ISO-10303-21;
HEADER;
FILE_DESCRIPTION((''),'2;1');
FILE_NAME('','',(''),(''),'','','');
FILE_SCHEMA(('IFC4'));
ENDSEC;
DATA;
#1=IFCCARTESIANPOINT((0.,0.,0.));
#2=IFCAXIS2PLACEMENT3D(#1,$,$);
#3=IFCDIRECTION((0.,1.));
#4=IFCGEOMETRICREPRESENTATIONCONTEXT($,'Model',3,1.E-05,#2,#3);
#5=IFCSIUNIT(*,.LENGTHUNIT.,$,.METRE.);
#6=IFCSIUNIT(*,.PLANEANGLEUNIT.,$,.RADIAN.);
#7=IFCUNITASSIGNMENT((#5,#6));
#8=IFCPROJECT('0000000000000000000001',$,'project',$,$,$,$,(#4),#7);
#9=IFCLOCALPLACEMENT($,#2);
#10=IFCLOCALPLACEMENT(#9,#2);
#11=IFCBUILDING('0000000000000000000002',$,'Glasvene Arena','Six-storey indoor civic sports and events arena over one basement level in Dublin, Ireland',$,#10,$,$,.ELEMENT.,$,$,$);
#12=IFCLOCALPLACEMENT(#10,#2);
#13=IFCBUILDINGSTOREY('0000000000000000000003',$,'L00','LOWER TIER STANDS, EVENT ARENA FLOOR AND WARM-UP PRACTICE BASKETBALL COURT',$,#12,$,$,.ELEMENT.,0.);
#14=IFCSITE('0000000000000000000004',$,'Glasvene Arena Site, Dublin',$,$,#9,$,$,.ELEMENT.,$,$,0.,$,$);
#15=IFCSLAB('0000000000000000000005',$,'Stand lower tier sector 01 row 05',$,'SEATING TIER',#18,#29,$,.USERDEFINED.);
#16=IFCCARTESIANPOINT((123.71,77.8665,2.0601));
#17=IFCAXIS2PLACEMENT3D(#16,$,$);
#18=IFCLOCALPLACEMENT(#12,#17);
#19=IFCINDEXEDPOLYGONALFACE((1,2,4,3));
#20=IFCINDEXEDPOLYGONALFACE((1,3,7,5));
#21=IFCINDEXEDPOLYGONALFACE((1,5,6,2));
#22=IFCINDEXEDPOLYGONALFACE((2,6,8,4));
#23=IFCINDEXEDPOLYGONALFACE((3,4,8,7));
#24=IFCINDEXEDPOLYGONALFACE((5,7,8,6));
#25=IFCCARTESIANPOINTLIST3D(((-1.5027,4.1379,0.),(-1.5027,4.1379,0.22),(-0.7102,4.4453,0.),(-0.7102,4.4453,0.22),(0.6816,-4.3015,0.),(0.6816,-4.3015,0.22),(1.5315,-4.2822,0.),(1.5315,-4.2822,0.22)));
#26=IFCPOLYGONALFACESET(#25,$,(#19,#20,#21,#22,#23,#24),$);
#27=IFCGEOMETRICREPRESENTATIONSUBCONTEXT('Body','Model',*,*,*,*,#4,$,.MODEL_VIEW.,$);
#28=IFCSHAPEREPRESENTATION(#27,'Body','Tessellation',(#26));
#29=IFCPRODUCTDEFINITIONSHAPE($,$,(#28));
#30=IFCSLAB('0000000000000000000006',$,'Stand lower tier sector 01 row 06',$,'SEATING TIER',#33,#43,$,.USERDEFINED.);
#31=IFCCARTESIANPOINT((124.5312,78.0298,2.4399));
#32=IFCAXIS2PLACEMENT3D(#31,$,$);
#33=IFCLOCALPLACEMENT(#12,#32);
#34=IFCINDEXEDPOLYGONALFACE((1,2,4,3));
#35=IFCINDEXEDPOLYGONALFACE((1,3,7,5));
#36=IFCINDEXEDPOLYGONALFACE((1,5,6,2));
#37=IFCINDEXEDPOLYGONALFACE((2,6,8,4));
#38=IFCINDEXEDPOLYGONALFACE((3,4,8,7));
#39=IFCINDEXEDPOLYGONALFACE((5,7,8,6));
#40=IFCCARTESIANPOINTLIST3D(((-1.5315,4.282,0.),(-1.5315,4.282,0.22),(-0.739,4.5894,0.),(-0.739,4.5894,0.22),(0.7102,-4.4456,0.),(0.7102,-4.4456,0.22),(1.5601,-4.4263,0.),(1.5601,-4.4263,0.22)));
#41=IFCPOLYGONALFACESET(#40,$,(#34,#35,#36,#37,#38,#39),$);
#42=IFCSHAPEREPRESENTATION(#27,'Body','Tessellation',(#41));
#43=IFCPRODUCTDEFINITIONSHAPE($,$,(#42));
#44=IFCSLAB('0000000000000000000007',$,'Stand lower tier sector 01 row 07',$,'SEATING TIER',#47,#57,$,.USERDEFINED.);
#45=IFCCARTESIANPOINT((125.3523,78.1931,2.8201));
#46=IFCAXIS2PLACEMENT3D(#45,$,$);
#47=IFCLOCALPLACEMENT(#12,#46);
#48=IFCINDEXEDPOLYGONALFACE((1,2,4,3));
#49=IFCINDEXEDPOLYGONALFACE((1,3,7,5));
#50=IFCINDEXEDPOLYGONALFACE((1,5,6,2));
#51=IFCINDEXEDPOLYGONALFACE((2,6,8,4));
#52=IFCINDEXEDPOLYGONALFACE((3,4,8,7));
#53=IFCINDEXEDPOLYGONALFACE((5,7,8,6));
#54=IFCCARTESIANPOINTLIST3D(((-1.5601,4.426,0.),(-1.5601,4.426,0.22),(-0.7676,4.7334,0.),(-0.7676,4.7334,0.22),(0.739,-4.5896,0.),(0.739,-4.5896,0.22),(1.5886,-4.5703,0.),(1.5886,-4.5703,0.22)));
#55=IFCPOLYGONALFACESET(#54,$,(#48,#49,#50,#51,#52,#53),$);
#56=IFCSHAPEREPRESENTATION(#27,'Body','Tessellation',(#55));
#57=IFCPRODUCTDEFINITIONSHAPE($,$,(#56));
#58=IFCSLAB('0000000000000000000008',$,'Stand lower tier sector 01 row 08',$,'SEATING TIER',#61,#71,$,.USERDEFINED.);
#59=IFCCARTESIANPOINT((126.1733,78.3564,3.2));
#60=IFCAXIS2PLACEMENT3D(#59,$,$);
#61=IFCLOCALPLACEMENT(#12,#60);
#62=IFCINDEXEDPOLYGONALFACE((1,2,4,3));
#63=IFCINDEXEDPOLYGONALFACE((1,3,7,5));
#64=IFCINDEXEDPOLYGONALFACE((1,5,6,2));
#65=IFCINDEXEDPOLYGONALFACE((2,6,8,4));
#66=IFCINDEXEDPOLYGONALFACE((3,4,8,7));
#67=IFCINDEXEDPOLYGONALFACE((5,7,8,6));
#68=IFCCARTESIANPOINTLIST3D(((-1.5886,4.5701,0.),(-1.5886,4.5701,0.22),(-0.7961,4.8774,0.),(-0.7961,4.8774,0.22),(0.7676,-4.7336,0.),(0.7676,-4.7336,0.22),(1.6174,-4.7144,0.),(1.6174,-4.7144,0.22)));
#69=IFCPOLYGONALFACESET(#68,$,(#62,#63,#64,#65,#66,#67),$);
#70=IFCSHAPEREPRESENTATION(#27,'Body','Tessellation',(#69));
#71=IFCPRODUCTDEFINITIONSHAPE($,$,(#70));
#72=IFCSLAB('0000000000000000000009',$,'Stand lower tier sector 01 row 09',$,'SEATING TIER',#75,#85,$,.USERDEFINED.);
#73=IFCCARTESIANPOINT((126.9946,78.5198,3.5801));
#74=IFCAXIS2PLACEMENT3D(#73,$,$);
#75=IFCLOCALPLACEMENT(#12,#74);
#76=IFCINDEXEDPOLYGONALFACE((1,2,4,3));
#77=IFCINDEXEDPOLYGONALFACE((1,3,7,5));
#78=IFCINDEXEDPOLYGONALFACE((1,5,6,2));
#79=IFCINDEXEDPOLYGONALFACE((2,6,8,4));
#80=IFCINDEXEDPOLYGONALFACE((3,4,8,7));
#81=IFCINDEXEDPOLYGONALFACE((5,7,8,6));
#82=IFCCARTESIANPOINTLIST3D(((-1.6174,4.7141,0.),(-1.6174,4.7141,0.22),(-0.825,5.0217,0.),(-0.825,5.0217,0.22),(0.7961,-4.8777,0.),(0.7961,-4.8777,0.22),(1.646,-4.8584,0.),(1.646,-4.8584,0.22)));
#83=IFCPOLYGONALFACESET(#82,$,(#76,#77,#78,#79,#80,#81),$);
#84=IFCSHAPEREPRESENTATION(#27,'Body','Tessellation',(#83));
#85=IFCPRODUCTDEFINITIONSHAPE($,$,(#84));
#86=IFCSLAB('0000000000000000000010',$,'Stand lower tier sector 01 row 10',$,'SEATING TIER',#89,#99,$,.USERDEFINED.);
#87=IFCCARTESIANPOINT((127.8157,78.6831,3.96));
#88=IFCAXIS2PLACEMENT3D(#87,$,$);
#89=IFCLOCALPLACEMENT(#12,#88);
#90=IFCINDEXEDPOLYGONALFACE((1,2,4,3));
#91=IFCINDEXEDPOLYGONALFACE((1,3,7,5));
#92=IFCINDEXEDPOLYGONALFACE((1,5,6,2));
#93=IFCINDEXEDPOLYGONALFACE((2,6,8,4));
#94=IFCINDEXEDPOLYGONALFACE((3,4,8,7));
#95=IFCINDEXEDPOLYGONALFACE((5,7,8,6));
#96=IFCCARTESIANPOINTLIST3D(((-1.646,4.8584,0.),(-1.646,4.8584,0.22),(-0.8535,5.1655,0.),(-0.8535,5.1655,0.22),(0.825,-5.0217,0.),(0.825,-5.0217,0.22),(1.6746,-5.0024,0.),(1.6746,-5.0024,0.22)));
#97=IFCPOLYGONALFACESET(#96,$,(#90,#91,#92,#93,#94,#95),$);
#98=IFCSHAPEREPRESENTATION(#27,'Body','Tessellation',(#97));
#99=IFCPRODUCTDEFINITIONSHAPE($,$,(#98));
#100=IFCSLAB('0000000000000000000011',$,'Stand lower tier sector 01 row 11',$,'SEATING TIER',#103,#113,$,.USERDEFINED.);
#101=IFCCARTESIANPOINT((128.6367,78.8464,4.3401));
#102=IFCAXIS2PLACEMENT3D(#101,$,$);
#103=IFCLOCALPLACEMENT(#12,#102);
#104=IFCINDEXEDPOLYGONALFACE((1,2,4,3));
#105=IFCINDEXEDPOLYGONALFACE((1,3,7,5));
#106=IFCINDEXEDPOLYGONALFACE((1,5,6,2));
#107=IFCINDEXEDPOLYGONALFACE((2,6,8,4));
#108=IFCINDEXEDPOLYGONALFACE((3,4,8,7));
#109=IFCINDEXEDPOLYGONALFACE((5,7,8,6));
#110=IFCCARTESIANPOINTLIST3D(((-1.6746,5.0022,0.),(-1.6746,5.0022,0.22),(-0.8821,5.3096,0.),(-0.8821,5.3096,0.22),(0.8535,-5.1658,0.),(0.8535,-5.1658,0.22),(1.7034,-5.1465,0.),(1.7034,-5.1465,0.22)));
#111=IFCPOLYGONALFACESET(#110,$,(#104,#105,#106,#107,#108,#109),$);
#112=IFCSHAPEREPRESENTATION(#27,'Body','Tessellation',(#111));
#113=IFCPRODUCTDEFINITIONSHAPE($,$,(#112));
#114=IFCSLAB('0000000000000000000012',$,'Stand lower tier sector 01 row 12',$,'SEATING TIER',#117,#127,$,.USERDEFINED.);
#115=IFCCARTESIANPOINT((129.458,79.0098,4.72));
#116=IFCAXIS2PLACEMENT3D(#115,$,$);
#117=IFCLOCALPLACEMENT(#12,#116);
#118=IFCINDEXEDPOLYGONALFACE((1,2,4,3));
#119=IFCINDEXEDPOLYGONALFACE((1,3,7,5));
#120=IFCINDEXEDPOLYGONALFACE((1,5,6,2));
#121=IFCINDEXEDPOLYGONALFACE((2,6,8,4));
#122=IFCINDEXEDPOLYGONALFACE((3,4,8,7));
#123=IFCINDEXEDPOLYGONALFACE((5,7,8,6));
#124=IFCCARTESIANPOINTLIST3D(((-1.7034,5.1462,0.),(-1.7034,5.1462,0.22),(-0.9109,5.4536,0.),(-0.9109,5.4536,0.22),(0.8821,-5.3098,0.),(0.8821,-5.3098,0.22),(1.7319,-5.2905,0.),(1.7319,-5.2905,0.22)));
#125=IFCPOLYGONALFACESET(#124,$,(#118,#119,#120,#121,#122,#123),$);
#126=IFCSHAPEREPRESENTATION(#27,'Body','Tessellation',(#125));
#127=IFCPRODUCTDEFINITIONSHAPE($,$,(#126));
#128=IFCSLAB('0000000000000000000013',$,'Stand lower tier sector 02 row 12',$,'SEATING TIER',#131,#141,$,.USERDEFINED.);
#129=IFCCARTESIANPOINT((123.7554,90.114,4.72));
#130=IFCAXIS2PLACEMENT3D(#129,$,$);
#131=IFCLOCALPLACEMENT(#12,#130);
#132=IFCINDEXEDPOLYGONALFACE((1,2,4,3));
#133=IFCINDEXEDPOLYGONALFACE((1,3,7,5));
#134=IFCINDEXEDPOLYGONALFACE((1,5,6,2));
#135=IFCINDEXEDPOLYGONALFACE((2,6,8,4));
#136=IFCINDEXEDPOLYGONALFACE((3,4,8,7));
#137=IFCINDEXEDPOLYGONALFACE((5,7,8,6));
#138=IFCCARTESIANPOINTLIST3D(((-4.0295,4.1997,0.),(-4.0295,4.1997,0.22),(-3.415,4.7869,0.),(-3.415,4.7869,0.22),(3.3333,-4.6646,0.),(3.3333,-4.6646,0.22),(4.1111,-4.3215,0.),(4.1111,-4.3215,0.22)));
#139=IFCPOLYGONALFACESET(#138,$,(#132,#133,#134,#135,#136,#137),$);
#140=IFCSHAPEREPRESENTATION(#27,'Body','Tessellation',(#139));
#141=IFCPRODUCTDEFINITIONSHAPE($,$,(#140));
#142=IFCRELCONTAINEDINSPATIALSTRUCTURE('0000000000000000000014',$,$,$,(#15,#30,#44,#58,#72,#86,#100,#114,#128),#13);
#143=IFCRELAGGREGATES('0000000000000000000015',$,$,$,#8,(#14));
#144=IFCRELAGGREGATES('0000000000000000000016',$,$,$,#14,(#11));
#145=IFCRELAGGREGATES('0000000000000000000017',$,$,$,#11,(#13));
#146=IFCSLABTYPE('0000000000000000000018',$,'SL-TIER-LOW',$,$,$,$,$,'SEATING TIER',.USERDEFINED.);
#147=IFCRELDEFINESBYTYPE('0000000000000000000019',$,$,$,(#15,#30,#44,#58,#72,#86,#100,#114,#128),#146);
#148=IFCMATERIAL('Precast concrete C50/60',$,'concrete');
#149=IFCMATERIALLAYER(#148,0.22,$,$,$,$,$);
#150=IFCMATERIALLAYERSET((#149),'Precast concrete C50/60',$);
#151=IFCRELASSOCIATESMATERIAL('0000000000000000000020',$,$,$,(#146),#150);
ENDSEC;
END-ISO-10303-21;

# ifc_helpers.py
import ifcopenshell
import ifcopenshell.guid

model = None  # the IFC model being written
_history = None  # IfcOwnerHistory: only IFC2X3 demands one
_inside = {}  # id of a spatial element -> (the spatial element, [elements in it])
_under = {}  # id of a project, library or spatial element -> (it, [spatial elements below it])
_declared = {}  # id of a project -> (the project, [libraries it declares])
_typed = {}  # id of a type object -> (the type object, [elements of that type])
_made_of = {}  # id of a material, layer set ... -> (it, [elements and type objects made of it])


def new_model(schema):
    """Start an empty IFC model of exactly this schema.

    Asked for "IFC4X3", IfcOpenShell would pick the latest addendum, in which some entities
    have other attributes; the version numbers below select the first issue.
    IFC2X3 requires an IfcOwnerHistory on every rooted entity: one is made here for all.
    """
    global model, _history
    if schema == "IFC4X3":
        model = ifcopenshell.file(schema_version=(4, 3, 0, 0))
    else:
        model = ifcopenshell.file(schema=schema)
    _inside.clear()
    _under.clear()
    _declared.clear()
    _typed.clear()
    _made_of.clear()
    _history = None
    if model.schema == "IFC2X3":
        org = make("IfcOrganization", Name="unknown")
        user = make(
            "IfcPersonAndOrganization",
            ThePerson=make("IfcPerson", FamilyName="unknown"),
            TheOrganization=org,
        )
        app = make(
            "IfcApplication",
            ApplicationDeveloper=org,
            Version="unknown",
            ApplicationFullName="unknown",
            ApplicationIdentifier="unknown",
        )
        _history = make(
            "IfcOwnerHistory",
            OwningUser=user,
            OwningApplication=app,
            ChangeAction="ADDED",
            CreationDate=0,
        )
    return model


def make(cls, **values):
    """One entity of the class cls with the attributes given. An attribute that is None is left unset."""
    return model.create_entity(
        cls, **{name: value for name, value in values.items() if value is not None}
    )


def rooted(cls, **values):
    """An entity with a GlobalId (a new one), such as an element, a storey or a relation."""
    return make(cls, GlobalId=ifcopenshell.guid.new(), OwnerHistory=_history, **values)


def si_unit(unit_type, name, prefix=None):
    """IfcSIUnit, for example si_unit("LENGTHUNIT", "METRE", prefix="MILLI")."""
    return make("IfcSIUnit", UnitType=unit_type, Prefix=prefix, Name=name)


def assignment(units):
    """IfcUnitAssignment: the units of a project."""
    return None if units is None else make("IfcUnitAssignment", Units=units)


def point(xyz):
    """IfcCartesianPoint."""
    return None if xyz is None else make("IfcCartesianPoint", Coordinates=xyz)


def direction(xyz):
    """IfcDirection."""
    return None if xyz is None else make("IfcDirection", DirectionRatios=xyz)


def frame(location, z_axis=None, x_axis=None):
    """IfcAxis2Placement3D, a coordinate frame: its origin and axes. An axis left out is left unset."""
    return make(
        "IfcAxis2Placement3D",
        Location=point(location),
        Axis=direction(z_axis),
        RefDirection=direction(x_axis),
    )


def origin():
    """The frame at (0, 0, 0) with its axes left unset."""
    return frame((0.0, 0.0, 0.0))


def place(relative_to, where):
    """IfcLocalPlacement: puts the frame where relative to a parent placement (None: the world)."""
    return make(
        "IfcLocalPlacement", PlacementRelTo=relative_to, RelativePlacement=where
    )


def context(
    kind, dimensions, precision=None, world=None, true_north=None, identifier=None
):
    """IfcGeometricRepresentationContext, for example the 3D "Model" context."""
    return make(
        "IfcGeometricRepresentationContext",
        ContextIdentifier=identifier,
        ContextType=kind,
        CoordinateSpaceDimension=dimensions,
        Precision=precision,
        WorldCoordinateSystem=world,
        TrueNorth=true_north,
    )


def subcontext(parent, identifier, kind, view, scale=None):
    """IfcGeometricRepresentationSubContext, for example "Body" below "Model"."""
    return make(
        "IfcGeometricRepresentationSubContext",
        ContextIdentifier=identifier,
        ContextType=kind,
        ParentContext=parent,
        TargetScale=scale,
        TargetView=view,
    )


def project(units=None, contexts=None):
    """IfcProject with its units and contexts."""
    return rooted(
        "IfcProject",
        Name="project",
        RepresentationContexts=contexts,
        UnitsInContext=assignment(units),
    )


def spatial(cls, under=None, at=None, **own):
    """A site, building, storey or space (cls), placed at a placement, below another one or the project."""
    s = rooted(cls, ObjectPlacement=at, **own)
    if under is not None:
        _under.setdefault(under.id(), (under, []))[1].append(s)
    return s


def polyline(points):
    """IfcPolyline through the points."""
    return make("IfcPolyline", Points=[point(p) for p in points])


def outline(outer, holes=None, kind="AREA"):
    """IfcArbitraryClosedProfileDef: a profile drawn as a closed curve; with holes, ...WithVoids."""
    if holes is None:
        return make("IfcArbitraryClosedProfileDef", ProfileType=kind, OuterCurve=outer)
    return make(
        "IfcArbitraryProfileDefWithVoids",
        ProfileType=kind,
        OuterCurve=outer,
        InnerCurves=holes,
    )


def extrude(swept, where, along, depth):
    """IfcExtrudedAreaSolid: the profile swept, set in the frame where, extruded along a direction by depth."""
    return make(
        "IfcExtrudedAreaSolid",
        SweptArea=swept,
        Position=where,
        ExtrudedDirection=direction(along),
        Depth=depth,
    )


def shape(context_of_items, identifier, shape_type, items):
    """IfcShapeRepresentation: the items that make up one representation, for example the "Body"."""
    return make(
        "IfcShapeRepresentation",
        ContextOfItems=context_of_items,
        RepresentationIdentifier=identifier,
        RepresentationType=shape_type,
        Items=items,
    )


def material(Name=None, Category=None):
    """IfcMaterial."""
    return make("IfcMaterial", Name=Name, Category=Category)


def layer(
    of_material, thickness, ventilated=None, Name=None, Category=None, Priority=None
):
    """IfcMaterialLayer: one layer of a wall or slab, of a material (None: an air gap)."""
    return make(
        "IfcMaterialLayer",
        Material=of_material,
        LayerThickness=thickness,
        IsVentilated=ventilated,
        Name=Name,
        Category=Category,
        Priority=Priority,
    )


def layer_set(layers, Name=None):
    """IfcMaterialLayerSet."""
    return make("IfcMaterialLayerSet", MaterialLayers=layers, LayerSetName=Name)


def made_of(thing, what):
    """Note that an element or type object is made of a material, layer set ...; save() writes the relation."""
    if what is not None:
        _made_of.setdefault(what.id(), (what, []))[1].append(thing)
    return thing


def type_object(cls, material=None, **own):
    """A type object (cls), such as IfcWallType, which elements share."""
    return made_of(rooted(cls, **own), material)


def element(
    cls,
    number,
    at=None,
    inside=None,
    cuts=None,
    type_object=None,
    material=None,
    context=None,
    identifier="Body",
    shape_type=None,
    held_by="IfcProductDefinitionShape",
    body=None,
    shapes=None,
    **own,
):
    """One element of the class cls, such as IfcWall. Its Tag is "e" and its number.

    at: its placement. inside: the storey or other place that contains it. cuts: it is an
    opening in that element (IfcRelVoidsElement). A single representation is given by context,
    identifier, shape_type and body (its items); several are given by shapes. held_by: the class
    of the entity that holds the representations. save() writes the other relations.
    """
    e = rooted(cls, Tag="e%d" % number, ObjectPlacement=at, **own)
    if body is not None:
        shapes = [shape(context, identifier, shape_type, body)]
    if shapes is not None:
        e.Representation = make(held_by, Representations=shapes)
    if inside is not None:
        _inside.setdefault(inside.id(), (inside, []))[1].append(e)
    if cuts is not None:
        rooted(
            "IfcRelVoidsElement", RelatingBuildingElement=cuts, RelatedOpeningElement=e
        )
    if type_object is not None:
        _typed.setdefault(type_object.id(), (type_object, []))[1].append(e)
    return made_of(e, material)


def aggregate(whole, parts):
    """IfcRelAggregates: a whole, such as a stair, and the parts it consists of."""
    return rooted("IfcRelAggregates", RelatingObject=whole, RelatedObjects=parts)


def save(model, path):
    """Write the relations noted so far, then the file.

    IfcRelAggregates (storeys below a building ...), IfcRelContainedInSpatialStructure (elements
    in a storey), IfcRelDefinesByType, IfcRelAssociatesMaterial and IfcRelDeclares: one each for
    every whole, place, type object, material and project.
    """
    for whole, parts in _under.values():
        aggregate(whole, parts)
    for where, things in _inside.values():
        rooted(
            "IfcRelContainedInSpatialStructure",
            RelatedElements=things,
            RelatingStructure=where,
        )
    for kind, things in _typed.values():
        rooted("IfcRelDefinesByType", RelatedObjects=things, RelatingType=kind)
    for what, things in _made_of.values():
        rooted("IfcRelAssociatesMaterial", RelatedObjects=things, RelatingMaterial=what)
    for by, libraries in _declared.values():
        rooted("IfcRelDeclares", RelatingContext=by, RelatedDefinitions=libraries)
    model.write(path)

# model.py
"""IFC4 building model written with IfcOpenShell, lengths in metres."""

from ifc_helpers import new_model, si_unit, direction, frame, origin, place, context, subcontext, project, spatial, polyline, outline, extrude, material, layer, layer_set, type_object, element, save


model = new_model("IFC4")

# Units and contexts
model_context = context("Model", 3, precision=1e-05, world=origin(), true_north=direction((0.0, 1.0)))
body_context = subcontext(model_context, "Body", "Model", "MODEL_VIEW")
ifc_project = project(units=[si_unit("LENGTHUNIT", "METRE"), si_unit("PLANEANGLEUNIT", "RADIAN")], contexts=[model_context])

# Site, building, storey
site_placement = place(None, origin())
site = spatial("IfcSite", under=ifc_project, at=site_placement, Name="Glasvene Arena Site, Dublin", CompositionType="ELEMENT", RefElevation=0.0)
building_placement = place(site_placement, origin())
building = spatial("IfcBuilding", under=site, at=building_placement, Name="Glasvene Arena", Description="Six-storey indoor civic sports and events arena over one basement level in Dublin, Ireland", CompositionType="ELEMENT")
storey_placement = place(building_placement, origin())
storey = spatial("IfcBuildingStorey", under=building, at=storey_placement, Name="L00", Description="LOWER TIER STANDS, EVENT ARENA FLOOR AND WARM-UP PRACTICE BASKETBALL COURT", CompositionType="ELEMENT", Elevation=0.0)

# Shared definitions
ifc_material_1 = material(Name="Precast concrete C50/60", Category="concrete")

# Slabs
ifc_layer_1 = layer(ifc_material_1, 0.22)
ifc_layer_set_1 = layer_set([ifc_layer_1], Name="Precast concrete C50/60")
slab_type = type_object("IfcSlabType", Name="SL-TIER-LOW", ElementType="SEATING TIER", PredefinedType="USERDEFINED", material=ifc_layer_set_1)
slab_1_placement = place(storey_placement, frame((123.71, 77.8665, 2.0601)))
element("IfcSlab", 1, at=slab_1_placement, inside=storey, type_object=slab_type, Name="Stand lower tier sector 01 row 05", ObjectType="SEATING TIER", PredefinedType="USERDEFINED", context=body_context, shape_type="SweptSolid", body=[
    extrude(outline(polyline([(0.6816, -4.3015), (-1.5027, 4.1379), (-0.7102, 4.4453), (1.5315, -4.2822), (0.6816, -4.3015)])), origin(), (0.0, 0.0, 1.0), 0.22),
])
slab_2_placement = place(storey_placement, frame((124.5312, 78.0298, 2.4399)))
element("IfcSlab", 2, at=slab_2_placement, inside=storey, type_object=slab_type, Name="Stand lower tier sector 01 row 06", ObjectType="SEATING TIER", PredefinedType="USERDEFINED", context=body_context, shape_type="SweptSolid", body=[
    extrude(outline(polyline([(0.7102, -4.4456), (-1.5315, 4.282), (-0.739, 4.5894), (1.5601, -4.4263), (0.7102, -4.4456)])), origin(), (0.0, 0.0, 1.0), 0.22),
])
slab_3_placement = place(storey_placement, frame((125.3523, 78.1931, 2.8201)))
element("IfcSlab", 3, at=slab_3_placement, inside=storey, type_object=slab_type, Name="Stand lower tier sector 01 row 07", ObjectType="SEATING TIER", PredefinedType="USERDEFINED", context=body_context, shape_type="SweptSolid", body=[
    extrude(outline(polyline([(0.739, -4.5896), (-1.5601, 4.426), (-0.7676, 4.7334), (1.5886, -4.5703), (0.739, -4.5896)])), origin(), (0.0, 0.0, 1.0), 0.22),
])
slab_4_placement = place(storey_placement, frame((126.1733, 78.3564, 3.2)))
element("IfcSlab", 4, at=slab_4_placement, inside=storey, type_object=slab_type, Name="Stand lower tier sector 01 row 08", ObjectType="SEATING TIER", PredefinedType="USERDEFINED", context=body_context, shape_type="SweptSolid", body=[
    extrude(outline(polyline([(0.7676, -4.7336), (-1.5886, 4.5701), (-0.7961, 4.8774), (1.6174, -4.7144), (0.7676, -4.7336)])), origin(), (0.0, 0.0, 1.0), 0.22),
])
slab_5_placement = place(storey_placement, frame((126.9946, 78.5198, 3.5801)))
element("IfcSlab", 5, at=slab_5_placement, inside=storey, type_object=slab_type, Name="Stand lower tier sector 01 row 09", ObjectType="SEATING TIER", PredefinedType="USERDEFINED", context=body_context, shape_type="SweptSolid", body=[
    extrude(outline(polyline([(0.7961, -4.8777), (-1.6174, 4.7141), (-0.825, 5.0217), (1.646, -4.8584), (0.7961, -4.8777)])), origin(), (0.0, 0.0, 1.0), 0.22),
])
slab_6_placement = place(storey_placement, frame((127.8157, 78.6831, 3.96)))
element("IfcSlab", 6, at=slab_6_placement, inside=storey, type_object=slab_type, Name="Stand lower tier sector 01 row 10", ObjectType="SEATING TIER", PredefinedType="USERDEFINED", context=body_context, shape_type="SweptSolid", body=[
    extrude(outline(polyline([(0.825, -5.0217), (-1.646, 4.8584), (-0.8535, 5.1655), (1.6746, -5.0024), (0.825, -5.0217)])), origin(), (0.0, 0.0, 1.0), 0.22),
])
slab_7_placement = place(storey_placement, frame((128.6367, 78.8464, 4.3401)))
element("IfcSlab", 7, at=slab_7_placement, inside=storey, type_object=slab_type, Name="Stand lower tier sector 01 row 11", ObjectType="SEATING TIER", PredefinedType="USERDEFINED", context=body_context, shape_type="SweptSolid", body=[
    extrude(outline(polyline([(0.8535, -5.1658), (-1.6746, 5.0022), (-0.8821, 5.3096), (1.7034, -5.1465), (0.8535, -5.1658)])), origin(), (0.0, 0.0, 1.0), 0.22),
])
slab_8_placement = place(storey_placement, frame((129.458, 79.0098, 4.72)))
element("IfcSlab", 8, at=slab_8_placement, inside=storey, type_object=slab_type, Name="Stand lower tier sector 01 row 12", ObjectType="SEATING TIER", PredefinedType="USERDEFINED", context=body_context, shape_type="SweptSolid", body=[
    extrude(outline(polyline([(0.8821, -5.3098), (-1.7034, 5.1462), (-0.9109, 5.4536), (1.7319, -5.2905), (0.8821, -5.3098)])), origin(), (0.0, 0.0, 1.0), 0.22),
])
slab_9_placement = place(storey_placement, frame((123.7554, 90.114, 4.72)))
element("IfcSlab", 9, at=slab_9_placement, inside=storey, type_object=slab_type, Name="Stand lower tier sector 02 row 12", ObjectType="SEATING TIER", PredefinedType="USERDEFINED", context=body_context, shape_type="SweptSolid", body=[
    extrude(outline(polyline([(3.3333, -4.6646), (-4.0295, 4.1997), (-3.415, 4.7869), (4.1111, -4.3215), (3.3333, -4.6646)])), origin(), (0.0, 0.0, 1.0), 0.22),
])

save(model, "model.ifc")
